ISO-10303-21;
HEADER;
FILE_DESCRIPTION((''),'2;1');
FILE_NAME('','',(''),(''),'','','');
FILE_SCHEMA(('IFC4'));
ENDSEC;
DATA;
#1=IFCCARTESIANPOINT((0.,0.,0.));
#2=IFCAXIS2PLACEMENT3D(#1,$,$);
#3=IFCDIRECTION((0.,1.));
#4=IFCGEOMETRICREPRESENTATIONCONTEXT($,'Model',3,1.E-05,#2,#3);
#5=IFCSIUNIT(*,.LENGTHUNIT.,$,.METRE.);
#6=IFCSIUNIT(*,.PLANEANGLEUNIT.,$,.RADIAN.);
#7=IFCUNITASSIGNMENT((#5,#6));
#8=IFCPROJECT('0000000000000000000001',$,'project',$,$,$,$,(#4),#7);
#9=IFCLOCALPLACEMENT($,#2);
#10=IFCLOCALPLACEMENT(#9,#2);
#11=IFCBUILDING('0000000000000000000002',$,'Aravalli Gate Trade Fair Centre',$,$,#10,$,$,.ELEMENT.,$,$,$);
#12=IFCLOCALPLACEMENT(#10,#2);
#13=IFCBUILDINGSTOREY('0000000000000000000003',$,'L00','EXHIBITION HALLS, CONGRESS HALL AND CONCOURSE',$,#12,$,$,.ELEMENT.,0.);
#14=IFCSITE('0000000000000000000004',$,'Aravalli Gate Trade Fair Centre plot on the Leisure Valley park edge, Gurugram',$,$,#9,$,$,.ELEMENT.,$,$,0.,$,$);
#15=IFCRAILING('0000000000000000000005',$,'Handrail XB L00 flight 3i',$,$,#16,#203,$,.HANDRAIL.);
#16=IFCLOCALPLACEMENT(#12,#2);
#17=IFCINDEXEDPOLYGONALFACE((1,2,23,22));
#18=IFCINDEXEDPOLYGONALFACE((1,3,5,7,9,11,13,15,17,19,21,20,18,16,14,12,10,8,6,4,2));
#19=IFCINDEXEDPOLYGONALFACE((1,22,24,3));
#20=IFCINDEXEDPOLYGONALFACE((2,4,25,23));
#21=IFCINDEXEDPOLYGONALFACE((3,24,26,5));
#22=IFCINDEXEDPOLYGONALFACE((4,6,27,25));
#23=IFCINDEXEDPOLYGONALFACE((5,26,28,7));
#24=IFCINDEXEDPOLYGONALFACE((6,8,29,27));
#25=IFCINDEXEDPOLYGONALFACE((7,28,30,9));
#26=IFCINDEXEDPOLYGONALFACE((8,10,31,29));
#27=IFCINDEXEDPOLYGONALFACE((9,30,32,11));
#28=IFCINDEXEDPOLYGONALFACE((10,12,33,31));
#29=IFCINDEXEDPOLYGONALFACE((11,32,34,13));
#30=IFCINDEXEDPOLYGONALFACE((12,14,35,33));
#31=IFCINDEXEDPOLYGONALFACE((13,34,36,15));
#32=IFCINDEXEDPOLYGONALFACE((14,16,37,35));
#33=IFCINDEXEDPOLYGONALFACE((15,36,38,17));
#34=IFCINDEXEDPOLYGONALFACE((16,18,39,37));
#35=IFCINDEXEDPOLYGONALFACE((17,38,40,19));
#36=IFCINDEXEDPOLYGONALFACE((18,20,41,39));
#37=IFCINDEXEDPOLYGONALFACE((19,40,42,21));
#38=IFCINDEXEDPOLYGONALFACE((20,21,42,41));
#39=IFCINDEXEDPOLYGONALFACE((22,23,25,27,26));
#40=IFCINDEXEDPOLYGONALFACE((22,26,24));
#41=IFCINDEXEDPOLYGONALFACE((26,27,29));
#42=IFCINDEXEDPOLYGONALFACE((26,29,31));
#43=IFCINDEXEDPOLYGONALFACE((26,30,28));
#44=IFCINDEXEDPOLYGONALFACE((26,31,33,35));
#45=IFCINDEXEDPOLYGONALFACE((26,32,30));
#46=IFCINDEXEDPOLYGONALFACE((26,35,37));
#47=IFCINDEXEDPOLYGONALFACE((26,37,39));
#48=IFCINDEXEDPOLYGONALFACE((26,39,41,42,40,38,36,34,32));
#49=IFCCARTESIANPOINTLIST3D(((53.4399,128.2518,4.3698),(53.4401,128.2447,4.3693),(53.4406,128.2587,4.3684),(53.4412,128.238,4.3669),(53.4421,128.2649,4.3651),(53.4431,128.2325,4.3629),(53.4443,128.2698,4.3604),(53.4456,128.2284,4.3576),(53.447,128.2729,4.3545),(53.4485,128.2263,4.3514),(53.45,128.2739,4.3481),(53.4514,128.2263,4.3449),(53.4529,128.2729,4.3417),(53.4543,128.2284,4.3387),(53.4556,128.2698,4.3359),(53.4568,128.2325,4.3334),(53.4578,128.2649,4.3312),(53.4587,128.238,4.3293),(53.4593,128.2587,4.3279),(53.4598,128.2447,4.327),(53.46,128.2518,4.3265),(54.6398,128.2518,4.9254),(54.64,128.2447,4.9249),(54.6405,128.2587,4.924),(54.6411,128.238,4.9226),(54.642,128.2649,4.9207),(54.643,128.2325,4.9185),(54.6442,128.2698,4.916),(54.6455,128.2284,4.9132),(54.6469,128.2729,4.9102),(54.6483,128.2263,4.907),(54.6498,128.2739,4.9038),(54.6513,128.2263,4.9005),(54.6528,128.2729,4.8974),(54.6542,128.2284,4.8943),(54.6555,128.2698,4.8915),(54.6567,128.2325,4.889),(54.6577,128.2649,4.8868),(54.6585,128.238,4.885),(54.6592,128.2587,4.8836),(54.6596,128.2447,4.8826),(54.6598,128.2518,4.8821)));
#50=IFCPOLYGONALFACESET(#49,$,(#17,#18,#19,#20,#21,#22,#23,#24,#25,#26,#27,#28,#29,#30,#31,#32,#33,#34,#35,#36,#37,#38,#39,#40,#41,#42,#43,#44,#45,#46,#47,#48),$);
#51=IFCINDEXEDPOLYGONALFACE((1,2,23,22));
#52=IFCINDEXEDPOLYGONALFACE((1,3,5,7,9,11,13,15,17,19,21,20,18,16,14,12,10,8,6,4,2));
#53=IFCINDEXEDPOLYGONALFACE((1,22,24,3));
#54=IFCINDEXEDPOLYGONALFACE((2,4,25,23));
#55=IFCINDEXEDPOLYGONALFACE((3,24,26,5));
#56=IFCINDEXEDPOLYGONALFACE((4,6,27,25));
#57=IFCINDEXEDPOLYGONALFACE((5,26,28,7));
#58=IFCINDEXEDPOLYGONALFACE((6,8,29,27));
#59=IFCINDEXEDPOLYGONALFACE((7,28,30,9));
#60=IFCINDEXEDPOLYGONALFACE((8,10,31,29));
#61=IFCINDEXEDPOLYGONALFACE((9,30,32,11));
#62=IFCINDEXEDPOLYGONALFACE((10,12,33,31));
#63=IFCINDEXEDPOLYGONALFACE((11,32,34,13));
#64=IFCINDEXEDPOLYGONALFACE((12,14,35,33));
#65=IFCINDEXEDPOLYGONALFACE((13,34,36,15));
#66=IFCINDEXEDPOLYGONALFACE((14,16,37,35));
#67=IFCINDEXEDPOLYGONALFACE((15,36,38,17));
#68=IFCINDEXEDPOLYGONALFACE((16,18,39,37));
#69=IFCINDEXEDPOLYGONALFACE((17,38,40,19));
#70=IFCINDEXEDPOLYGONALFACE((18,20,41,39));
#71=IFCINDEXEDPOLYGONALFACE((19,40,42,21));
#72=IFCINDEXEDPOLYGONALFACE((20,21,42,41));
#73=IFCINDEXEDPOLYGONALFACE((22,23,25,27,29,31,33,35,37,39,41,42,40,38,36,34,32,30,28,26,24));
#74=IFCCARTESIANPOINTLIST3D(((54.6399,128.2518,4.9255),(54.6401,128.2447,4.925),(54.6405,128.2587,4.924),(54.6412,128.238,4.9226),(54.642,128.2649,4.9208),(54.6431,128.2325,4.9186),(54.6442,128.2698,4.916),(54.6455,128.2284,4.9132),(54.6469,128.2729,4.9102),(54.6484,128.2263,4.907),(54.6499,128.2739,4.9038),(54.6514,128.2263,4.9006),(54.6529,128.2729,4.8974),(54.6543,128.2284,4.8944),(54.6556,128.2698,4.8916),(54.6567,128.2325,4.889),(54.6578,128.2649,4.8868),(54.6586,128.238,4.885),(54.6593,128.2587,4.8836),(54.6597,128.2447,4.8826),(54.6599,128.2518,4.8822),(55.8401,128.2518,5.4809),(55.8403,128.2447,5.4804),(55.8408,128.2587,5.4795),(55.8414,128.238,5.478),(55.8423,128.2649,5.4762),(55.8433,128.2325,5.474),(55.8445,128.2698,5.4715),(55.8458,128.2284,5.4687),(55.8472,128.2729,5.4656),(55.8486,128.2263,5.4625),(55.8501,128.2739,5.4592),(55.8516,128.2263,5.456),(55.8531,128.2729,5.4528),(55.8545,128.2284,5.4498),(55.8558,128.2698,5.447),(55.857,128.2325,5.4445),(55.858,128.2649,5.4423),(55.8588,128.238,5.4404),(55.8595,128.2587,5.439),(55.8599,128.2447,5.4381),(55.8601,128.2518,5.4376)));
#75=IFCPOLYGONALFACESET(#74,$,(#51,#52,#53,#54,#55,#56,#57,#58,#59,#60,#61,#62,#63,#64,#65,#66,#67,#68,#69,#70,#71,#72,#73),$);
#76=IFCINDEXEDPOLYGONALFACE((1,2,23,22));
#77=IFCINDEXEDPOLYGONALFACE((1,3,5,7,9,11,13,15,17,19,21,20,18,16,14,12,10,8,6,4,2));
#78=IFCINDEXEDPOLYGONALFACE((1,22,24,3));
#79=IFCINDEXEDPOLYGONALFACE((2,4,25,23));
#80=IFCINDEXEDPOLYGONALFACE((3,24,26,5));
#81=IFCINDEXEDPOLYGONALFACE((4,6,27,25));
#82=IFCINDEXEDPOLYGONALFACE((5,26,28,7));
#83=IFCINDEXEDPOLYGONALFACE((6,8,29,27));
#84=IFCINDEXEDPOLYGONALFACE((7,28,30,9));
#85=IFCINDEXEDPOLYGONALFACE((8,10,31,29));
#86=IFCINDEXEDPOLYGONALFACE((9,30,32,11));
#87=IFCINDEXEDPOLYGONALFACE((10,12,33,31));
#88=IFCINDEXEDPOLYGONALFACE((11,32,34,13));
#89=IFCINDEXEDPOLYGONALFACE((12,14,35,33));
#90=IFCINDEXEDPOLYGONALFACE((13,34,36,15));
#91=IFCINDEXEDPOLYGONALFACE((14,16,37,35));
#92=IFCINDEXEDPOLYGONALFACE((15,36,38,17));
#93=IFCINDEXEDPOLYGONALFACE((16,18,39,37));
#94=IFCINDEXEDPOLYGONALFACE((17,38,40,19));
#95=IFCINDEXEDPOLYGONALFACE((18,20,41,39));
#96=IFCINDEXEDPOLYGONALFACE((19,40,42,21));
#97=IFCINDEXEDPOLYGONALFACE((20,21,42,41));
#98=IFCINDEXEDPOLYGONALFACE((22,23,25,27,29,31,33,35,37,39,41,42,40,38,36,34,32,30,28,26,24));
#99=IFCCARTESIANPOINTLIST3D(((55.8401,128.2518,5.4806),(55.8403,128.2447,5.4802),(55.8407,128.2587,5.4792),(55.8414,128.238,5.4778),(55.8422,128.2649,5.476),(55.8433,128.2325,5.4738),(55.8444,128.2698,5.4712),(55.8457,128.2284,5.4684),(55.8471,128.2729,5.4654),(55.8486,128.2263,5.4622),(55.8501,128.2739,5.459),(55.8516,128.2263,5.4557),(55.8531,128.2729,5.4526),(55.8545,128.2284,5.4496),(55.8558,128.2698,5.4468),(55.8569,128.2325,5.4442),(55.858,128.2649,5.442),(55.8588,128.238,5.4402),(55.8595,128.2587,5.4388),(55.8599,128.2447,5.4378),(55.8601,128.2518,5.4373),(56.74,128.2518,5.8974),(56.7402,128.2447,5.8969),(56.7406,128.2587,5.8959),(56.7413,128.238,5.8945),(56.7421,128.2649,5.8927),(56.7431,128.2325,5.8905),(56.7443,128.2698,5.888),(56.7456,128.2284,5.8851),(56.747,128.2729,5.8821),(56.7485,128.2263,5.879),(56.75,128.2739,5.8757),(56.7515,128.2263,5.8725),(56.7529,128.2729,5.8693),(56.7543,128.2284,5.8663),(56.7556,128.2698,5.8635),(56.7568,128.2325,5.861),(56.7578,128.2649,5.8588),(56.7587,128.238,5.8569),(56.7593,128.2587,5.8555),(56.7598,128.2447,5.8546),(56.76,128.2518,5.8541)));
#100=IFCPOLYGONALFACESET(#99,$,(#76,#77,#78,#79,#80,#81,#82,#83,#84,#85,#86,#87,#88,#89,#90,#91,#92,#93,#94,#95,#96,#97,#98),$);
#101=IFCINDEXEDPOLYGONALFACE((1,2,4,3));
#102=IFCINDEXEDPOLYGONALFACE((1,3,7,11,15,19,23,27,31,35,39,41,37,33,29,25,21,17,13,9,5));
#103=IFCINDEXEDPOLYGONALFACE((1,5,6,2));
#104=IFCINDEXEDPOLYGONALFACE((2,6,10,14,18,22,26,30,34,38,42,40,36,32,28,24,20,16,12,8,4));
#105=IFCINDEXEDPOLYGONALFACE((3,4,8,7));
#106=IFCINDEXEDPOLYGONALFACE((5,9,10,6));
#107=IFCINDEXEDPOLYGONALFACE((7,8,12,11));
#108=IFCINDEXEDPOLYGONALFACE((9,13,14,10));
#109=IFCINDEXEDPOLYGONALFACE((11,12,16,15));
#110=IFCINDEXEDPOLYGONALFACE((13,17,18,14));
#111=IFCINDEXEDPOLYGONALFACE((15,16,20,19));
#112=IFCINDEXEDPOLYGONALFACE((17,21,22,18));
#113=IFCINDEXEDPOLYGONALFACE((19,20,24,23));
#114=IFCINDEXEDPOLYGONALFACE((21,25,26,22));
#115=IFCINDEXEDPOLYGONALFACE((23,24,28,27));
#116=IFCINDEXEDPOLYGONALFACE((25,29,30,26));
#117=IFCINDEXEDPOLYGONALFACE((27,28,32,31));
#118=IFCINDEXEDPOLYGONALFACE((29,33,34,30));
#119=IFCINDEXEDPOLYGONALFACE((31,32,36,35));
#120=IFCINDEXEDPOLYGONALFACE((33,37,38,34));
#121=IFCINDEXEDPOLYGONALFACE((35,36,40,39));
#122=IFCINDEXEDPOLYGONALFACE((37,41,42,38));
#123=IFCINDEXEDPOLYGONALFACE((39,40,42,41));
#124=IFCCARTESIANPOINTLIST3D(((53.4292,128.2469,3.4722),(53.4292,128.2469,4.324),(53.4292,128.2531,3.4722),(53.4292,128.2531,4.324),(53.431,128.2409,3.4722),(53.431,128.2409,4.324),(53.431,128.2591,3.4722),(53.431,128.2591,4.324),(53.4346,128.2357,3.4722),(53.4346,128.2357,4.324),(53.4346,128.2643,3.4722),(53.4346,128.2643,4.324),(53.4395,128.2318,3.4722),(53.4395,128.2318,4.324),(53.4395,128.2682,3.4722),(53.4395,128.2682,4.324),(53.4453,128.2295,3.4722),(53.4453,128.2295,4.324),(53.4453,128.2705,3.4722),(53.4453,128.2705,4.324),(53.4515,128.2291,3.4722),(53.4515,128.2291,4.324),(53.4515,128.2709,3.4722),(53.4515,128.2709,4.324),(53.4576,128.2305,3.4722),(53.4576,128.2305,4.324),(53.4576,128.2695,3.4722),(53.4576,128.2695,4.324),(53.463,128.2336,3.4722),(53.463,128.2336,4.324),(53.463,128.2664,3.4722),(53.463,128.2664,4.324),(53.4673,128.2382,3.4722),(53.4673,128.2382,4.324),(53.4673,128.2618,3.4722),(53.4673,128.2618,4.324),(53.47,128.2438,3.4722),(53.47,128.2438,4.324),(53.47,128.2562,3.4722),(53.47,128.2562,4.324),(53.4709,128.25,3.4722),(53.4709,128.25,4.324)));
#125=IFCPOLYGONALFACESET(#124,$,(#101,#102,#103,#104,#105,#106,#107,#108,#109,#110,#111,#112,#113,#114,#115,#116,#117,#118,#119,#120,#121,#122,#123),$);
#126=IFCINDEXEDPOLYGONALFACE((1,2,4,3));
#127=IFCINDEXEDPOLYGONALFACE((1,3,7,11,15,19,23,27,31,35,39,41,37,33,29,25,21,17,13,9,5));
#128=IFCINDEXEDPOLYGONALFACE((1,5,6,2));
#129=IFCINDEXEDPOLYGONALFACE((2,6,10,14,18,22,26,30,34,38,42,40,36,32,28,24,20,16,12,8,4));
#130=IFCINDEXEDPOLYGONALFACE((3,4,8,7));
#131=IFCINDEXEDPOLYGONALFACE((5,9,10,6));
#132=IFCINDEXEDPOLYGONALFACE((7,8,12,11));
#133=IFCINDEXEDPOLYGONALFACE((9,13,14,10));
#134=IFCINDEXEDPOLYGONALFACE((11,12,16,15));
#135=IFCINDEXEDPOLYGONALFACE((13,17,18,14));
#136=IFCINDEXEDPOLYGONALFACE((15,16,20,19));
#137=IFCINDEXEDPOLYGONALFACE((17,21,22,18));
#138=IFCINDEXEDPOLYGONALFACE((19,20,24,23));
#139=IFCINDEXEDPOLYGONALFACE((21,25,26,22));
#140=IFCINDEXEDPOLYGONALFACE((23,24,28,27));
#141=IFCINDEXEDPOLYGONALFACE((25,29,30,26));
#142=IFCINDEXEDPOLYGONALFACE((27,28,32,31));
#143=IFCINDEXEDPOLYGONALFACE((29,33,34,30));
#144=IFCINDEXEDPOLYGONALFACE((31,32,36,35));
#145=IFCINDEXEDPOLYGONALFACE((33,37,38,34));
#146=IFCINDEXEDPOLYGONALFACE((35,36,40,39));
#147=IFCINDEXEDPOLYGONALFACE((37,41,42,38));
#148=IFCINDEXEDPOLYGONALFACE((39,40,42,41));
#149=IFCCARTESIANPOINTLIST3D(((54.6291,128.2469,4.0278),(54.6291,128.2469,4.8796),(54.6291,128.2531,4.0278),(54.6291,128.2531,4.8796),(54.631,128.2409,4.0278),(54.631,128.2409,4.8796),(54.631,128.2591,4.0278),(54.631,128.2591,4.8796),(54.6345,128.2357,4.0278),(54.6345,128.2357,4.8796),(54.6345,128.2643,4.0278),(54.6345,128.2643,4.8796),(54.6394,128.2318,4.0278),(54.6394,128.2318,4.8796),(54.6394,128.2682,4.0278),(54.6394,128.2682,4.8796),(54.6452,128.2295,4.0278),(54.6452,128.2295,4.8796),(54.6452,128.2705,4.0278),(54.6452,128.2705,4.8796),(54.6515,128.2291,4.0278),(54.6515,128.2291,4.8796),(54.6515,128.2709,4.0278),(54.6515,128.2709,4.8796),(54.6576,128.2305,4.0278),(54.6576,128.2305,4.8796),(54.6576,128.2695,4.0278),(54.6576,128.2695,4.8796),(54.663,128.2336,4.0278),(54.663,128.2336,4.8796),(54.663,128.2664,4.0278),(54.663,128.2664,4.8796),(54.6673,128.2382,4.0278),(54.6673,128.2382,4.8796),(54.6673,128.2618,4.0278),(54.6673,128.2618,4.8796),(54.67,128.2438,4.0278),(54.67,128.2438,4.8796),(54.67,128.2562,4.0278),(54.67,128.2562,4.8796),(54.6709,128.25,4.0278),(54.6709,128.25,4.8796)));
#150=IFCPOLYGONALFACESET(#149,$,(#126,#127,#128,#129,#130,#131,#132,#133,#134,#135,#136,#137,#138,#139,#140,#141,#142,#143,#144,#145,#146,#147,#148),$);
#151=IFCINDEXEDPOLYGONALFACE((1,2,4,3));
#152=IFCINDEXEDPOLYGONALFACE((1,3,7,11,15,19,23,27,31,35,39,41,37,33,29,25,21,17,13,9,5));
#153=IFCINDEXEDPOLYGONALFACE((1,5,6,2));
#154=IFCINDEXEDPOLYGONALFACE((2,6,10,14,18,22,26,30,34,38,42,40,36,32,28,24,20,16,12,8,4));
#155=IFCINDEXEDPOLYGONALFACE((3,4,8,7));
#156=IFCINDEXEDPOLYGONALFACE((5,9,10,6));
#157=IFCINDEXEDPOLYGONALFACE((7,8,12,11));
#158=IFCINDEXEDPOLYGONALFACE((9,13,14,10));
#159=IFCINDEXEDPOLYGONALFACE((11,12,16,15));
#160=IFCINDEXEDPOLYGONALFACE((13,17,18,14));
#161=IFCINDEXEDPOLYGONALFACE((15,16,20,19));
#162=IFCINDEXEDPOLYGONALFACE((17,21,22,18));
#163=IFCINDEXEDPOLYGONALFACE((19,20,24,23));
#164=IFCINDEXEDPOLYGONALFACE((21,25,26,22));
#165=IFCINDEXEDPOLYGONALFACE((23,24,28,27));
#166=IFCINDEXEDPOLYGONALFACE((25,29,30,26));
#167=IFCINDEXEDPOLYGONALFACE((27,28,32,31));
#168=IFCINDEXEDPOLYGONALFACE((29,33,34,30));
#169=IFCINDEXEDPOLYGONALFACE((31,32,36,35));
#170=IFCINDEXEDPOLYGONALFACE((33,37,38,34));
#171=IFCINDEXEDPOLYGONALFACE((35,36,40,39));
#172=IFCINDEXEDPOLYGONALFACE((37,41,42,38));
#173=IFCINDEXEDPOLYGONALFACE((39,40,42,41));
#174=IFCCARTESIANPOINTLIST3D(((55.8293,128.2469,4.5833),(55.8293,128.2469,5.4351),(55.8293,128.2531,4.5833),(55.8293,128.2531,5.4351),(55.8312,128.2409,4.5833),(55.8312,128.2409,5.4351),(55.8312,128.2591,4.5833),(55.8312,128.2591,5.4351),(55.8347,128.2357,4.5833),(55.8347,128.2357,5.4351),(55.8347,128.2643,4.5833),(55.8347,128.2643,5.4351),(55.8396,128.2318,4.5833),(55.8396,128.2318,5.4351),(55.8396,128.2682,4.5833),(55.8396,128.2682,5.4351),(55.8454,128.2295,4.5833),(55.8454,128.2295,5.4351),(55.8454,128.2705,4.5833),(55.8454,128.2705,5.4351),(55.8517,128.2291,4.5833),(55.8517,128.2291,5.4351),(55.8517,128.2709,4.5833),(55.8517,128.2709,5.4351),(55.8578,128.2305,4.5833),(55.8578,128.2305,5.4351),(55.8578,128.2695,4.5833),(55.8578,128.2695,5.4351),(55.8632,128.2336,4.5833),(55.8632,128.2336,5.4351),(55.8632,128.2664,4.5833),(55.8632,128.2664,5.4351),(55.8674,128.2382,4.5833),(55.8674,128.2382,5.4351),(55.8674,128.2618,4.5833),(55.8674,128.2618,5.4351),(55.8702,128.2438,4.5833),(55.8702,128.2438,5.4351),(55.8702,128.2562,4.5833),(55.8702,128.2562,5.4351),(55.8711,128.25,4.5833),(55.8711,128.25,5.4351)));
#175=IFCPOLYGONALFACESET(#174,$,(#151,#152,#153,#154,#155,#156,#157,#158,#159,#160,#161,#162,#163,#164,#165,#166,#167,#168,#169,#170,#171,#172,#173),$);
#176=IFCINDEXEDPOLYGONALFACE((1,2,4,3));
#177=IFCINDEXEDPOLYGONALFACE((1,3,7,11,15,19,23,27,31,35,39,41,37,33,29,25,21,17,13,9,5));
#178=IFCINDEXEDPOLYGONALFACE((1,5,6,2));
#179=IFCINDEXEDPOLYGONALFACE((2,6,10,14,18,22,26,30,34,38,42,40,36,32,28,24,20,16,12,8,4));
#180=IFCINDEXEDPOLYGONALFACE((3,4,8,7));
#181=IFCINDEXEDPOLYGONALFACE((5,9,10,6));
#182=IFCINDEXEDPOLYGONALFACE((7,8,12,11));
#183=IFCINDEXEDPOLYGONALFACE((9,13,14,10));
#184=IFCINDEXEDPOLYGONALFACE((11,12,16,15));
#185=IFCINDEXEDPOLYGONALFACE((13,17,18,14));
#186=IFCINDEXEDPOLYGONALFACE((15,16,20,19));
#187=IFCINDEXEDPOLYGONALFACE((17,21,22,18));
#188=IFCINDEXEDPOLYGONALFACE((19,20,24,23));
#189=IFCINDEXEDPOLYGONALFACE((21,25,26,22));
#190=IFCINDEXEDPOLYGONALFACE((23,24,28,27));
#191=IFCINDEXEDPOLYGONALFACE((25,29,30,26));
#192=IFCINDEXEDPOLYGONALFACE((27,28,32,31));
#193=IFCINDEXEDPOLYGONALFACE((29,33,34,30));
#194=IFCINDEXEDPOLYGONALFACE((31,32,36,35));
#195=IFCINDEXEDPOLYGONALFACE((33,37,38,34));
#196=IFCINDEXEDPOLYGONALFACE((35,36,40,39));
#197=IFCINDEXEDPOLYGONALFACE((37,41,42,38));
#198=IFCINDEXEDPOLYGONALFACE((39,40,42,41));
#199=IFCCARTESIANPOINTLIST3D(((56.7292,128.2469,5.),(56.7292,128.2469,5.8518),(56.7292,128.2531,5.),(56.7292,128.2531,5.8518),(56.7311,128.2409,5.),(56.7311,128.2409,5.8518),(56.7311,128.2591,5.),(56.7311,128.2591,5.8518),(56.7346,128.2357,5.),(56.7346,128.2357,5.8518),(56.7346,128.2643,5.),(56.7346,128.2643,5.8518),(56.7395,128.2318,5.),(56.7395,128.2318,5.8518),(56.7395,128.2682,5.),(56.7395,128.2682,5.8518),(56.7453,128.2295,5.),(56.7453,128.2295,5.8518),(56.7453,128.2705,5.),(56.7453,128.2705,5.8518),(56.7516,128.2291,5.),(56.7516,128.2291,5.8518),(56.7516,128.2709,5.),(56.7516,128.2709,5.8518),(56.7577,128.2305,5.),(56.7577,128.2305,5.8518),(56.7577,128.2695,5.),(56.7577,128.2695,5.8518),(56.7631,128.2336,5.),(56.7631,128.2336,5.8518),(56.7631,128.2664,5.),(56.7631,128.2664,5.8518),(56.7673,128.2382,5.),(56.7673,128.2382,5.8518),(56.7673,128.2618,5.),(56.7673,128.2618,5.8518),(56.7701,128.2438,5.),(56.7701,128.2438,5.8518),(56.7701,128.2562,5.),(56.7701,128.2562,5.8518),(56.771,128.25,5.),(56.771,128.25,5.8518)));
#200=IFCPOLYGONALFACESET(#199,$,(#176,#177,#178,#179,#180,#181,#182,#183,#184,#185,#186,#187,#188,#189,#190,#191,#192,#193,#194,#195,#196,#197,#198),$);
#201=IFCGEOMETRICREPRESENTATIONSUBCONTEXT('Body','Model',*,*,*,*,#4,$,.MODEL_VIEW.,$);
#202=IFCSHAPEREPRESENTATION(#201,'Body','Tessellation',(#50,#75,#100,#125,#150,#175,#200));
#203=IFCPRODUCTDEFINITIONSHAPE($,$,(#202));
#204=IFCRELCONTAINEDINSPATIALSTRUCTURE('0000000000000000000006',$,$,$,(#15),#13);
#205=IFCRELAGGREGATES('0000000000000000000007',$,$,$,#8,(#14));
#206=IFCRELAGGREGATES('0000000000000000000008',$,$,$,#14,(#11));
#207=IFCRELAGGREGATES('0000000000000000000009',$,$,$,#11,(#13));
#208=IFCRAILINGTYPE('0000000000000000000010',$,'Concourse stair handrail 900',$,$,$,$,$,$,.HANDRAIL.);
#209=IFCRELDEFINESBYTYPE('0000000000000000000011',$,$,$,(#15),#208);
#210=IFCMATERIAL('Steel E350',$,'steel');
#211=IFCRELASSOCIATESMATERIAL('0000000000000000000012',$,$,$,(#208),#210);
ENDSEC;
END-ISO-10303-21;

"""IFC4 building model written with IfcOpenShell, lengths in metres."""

from ifc_helpers import new_model, si_unit, direction, frame, origin, origin_2d, place, context, subcontext, project, spatial, circle, extrude, material, type_object, element, save


model = new_model("IFC4")

# Units and contexts
model_context = context("Model", 3, precision=1e-05, world=origin(), true_north=direction((0.0, 1.0)))
body_context = subcontext(model_context, "Body", "Model", "MODEL_VIEW")
ifc_project = project(units=[si_unit("LENGTHUNIT", "METRE"), si_unit("PLANEANGLEUNIT", "RADIAN")], contexts=[model_context])

# Site, building, storey
site_placement = place(None, origin())
site = spatial("IfcSite", under=ifc_project, at=site_placement, Name="Aravalli Gate Trade Fair Centre plot on the Leisure Valley park edge, Gurugram", CompositionType="ELEMENT", RefElevation=0.0)
building_placement = place(site_placement, origin())
building = spatial("IfcBuilding", under=site, at=building_placement, Name="Aravalli Gate Trade Fair Centre", CompositionType="ELEMENT")
storey_placement = place(building_placement, origin())
storey = spatial("IfcBuildingStorey", under=building, at=storey_placement, Name="L00", Description="EXHIBITION HALLS, CONGRESS HALL AND CONCOURSE", CompositionType="ELEMENT", Elevation=0.0)

# Shared definitions
ifc_material_1 = material(Name="Steel E350", Category="steel")

# Railing
railing_type = type_object("IfcRailingType", Name="Concourse stair handrail 900", PredefinedType="HANDRAIL", material=ifc_material_1)
for number, where, name in (
    (1, (53.45, 128.25, 3.4722), "Handrail XB L00 flight 3i"),
):
    element("IfcRailing", number, at=place(storey_placement, frame(where)), inside=storey, type_object=railing_type, Name=name, PredefinedType="HANDRAIL", context=body_context, shape_type="SweptSolid", body=[
        extrude(circle(Radius=0.0239, at=origin_2d()), frame((0.0, 0.0, 0.876), z_axis=(0.907429, 0.0, 0.420205), x_axis=(0.0, 1.0, 0.0)), (0.0, 0.0, 1.0), 1.3223),
        extrude(circle(Radius=0.0239, at=origin_2d()), frame((1.2, 0.0, 1.4316), z_axis=(0.907532, 0.0, 0.419983), x_axis=(0.0, 1.0, 0.0)), (0.0, 0.0, 1.0), 1.3225),
        extrude(circle(Radius=0.0239, at=origin_2d()), frame((2.4001, 0.0, 1.9868), z_axis=(0.907418, 0.0, 0.420229), x_axis=(0.0, 1.0, 0.0)), (0.0, 0.0, 1.0), 0.9917),
        extrude(circle(Radius=0.021, at=origin_2d()), origin(), (0.0, 0.0, 1.0), 0.8518),
        extrude(circle(Radius=0.021, at=origin_2d()), frame((1.2, 0.0, 0.5557)), (0.0, 0.0, 1.0), 0.8518),
        extrude(circle(Radius=0.021, at=origin_2d()), frame((2.4001, 0.0, 1.1111)), (0.0, 0.0, 1.0), 0.8518),
        extrude(circle(Radius=0.021, at=origin_2d()), frame((3.3, 0.0, 1.5278)), (0.0, 0.0, 1.0), 0.8518),
    ])

save(model, "model.ifc")
